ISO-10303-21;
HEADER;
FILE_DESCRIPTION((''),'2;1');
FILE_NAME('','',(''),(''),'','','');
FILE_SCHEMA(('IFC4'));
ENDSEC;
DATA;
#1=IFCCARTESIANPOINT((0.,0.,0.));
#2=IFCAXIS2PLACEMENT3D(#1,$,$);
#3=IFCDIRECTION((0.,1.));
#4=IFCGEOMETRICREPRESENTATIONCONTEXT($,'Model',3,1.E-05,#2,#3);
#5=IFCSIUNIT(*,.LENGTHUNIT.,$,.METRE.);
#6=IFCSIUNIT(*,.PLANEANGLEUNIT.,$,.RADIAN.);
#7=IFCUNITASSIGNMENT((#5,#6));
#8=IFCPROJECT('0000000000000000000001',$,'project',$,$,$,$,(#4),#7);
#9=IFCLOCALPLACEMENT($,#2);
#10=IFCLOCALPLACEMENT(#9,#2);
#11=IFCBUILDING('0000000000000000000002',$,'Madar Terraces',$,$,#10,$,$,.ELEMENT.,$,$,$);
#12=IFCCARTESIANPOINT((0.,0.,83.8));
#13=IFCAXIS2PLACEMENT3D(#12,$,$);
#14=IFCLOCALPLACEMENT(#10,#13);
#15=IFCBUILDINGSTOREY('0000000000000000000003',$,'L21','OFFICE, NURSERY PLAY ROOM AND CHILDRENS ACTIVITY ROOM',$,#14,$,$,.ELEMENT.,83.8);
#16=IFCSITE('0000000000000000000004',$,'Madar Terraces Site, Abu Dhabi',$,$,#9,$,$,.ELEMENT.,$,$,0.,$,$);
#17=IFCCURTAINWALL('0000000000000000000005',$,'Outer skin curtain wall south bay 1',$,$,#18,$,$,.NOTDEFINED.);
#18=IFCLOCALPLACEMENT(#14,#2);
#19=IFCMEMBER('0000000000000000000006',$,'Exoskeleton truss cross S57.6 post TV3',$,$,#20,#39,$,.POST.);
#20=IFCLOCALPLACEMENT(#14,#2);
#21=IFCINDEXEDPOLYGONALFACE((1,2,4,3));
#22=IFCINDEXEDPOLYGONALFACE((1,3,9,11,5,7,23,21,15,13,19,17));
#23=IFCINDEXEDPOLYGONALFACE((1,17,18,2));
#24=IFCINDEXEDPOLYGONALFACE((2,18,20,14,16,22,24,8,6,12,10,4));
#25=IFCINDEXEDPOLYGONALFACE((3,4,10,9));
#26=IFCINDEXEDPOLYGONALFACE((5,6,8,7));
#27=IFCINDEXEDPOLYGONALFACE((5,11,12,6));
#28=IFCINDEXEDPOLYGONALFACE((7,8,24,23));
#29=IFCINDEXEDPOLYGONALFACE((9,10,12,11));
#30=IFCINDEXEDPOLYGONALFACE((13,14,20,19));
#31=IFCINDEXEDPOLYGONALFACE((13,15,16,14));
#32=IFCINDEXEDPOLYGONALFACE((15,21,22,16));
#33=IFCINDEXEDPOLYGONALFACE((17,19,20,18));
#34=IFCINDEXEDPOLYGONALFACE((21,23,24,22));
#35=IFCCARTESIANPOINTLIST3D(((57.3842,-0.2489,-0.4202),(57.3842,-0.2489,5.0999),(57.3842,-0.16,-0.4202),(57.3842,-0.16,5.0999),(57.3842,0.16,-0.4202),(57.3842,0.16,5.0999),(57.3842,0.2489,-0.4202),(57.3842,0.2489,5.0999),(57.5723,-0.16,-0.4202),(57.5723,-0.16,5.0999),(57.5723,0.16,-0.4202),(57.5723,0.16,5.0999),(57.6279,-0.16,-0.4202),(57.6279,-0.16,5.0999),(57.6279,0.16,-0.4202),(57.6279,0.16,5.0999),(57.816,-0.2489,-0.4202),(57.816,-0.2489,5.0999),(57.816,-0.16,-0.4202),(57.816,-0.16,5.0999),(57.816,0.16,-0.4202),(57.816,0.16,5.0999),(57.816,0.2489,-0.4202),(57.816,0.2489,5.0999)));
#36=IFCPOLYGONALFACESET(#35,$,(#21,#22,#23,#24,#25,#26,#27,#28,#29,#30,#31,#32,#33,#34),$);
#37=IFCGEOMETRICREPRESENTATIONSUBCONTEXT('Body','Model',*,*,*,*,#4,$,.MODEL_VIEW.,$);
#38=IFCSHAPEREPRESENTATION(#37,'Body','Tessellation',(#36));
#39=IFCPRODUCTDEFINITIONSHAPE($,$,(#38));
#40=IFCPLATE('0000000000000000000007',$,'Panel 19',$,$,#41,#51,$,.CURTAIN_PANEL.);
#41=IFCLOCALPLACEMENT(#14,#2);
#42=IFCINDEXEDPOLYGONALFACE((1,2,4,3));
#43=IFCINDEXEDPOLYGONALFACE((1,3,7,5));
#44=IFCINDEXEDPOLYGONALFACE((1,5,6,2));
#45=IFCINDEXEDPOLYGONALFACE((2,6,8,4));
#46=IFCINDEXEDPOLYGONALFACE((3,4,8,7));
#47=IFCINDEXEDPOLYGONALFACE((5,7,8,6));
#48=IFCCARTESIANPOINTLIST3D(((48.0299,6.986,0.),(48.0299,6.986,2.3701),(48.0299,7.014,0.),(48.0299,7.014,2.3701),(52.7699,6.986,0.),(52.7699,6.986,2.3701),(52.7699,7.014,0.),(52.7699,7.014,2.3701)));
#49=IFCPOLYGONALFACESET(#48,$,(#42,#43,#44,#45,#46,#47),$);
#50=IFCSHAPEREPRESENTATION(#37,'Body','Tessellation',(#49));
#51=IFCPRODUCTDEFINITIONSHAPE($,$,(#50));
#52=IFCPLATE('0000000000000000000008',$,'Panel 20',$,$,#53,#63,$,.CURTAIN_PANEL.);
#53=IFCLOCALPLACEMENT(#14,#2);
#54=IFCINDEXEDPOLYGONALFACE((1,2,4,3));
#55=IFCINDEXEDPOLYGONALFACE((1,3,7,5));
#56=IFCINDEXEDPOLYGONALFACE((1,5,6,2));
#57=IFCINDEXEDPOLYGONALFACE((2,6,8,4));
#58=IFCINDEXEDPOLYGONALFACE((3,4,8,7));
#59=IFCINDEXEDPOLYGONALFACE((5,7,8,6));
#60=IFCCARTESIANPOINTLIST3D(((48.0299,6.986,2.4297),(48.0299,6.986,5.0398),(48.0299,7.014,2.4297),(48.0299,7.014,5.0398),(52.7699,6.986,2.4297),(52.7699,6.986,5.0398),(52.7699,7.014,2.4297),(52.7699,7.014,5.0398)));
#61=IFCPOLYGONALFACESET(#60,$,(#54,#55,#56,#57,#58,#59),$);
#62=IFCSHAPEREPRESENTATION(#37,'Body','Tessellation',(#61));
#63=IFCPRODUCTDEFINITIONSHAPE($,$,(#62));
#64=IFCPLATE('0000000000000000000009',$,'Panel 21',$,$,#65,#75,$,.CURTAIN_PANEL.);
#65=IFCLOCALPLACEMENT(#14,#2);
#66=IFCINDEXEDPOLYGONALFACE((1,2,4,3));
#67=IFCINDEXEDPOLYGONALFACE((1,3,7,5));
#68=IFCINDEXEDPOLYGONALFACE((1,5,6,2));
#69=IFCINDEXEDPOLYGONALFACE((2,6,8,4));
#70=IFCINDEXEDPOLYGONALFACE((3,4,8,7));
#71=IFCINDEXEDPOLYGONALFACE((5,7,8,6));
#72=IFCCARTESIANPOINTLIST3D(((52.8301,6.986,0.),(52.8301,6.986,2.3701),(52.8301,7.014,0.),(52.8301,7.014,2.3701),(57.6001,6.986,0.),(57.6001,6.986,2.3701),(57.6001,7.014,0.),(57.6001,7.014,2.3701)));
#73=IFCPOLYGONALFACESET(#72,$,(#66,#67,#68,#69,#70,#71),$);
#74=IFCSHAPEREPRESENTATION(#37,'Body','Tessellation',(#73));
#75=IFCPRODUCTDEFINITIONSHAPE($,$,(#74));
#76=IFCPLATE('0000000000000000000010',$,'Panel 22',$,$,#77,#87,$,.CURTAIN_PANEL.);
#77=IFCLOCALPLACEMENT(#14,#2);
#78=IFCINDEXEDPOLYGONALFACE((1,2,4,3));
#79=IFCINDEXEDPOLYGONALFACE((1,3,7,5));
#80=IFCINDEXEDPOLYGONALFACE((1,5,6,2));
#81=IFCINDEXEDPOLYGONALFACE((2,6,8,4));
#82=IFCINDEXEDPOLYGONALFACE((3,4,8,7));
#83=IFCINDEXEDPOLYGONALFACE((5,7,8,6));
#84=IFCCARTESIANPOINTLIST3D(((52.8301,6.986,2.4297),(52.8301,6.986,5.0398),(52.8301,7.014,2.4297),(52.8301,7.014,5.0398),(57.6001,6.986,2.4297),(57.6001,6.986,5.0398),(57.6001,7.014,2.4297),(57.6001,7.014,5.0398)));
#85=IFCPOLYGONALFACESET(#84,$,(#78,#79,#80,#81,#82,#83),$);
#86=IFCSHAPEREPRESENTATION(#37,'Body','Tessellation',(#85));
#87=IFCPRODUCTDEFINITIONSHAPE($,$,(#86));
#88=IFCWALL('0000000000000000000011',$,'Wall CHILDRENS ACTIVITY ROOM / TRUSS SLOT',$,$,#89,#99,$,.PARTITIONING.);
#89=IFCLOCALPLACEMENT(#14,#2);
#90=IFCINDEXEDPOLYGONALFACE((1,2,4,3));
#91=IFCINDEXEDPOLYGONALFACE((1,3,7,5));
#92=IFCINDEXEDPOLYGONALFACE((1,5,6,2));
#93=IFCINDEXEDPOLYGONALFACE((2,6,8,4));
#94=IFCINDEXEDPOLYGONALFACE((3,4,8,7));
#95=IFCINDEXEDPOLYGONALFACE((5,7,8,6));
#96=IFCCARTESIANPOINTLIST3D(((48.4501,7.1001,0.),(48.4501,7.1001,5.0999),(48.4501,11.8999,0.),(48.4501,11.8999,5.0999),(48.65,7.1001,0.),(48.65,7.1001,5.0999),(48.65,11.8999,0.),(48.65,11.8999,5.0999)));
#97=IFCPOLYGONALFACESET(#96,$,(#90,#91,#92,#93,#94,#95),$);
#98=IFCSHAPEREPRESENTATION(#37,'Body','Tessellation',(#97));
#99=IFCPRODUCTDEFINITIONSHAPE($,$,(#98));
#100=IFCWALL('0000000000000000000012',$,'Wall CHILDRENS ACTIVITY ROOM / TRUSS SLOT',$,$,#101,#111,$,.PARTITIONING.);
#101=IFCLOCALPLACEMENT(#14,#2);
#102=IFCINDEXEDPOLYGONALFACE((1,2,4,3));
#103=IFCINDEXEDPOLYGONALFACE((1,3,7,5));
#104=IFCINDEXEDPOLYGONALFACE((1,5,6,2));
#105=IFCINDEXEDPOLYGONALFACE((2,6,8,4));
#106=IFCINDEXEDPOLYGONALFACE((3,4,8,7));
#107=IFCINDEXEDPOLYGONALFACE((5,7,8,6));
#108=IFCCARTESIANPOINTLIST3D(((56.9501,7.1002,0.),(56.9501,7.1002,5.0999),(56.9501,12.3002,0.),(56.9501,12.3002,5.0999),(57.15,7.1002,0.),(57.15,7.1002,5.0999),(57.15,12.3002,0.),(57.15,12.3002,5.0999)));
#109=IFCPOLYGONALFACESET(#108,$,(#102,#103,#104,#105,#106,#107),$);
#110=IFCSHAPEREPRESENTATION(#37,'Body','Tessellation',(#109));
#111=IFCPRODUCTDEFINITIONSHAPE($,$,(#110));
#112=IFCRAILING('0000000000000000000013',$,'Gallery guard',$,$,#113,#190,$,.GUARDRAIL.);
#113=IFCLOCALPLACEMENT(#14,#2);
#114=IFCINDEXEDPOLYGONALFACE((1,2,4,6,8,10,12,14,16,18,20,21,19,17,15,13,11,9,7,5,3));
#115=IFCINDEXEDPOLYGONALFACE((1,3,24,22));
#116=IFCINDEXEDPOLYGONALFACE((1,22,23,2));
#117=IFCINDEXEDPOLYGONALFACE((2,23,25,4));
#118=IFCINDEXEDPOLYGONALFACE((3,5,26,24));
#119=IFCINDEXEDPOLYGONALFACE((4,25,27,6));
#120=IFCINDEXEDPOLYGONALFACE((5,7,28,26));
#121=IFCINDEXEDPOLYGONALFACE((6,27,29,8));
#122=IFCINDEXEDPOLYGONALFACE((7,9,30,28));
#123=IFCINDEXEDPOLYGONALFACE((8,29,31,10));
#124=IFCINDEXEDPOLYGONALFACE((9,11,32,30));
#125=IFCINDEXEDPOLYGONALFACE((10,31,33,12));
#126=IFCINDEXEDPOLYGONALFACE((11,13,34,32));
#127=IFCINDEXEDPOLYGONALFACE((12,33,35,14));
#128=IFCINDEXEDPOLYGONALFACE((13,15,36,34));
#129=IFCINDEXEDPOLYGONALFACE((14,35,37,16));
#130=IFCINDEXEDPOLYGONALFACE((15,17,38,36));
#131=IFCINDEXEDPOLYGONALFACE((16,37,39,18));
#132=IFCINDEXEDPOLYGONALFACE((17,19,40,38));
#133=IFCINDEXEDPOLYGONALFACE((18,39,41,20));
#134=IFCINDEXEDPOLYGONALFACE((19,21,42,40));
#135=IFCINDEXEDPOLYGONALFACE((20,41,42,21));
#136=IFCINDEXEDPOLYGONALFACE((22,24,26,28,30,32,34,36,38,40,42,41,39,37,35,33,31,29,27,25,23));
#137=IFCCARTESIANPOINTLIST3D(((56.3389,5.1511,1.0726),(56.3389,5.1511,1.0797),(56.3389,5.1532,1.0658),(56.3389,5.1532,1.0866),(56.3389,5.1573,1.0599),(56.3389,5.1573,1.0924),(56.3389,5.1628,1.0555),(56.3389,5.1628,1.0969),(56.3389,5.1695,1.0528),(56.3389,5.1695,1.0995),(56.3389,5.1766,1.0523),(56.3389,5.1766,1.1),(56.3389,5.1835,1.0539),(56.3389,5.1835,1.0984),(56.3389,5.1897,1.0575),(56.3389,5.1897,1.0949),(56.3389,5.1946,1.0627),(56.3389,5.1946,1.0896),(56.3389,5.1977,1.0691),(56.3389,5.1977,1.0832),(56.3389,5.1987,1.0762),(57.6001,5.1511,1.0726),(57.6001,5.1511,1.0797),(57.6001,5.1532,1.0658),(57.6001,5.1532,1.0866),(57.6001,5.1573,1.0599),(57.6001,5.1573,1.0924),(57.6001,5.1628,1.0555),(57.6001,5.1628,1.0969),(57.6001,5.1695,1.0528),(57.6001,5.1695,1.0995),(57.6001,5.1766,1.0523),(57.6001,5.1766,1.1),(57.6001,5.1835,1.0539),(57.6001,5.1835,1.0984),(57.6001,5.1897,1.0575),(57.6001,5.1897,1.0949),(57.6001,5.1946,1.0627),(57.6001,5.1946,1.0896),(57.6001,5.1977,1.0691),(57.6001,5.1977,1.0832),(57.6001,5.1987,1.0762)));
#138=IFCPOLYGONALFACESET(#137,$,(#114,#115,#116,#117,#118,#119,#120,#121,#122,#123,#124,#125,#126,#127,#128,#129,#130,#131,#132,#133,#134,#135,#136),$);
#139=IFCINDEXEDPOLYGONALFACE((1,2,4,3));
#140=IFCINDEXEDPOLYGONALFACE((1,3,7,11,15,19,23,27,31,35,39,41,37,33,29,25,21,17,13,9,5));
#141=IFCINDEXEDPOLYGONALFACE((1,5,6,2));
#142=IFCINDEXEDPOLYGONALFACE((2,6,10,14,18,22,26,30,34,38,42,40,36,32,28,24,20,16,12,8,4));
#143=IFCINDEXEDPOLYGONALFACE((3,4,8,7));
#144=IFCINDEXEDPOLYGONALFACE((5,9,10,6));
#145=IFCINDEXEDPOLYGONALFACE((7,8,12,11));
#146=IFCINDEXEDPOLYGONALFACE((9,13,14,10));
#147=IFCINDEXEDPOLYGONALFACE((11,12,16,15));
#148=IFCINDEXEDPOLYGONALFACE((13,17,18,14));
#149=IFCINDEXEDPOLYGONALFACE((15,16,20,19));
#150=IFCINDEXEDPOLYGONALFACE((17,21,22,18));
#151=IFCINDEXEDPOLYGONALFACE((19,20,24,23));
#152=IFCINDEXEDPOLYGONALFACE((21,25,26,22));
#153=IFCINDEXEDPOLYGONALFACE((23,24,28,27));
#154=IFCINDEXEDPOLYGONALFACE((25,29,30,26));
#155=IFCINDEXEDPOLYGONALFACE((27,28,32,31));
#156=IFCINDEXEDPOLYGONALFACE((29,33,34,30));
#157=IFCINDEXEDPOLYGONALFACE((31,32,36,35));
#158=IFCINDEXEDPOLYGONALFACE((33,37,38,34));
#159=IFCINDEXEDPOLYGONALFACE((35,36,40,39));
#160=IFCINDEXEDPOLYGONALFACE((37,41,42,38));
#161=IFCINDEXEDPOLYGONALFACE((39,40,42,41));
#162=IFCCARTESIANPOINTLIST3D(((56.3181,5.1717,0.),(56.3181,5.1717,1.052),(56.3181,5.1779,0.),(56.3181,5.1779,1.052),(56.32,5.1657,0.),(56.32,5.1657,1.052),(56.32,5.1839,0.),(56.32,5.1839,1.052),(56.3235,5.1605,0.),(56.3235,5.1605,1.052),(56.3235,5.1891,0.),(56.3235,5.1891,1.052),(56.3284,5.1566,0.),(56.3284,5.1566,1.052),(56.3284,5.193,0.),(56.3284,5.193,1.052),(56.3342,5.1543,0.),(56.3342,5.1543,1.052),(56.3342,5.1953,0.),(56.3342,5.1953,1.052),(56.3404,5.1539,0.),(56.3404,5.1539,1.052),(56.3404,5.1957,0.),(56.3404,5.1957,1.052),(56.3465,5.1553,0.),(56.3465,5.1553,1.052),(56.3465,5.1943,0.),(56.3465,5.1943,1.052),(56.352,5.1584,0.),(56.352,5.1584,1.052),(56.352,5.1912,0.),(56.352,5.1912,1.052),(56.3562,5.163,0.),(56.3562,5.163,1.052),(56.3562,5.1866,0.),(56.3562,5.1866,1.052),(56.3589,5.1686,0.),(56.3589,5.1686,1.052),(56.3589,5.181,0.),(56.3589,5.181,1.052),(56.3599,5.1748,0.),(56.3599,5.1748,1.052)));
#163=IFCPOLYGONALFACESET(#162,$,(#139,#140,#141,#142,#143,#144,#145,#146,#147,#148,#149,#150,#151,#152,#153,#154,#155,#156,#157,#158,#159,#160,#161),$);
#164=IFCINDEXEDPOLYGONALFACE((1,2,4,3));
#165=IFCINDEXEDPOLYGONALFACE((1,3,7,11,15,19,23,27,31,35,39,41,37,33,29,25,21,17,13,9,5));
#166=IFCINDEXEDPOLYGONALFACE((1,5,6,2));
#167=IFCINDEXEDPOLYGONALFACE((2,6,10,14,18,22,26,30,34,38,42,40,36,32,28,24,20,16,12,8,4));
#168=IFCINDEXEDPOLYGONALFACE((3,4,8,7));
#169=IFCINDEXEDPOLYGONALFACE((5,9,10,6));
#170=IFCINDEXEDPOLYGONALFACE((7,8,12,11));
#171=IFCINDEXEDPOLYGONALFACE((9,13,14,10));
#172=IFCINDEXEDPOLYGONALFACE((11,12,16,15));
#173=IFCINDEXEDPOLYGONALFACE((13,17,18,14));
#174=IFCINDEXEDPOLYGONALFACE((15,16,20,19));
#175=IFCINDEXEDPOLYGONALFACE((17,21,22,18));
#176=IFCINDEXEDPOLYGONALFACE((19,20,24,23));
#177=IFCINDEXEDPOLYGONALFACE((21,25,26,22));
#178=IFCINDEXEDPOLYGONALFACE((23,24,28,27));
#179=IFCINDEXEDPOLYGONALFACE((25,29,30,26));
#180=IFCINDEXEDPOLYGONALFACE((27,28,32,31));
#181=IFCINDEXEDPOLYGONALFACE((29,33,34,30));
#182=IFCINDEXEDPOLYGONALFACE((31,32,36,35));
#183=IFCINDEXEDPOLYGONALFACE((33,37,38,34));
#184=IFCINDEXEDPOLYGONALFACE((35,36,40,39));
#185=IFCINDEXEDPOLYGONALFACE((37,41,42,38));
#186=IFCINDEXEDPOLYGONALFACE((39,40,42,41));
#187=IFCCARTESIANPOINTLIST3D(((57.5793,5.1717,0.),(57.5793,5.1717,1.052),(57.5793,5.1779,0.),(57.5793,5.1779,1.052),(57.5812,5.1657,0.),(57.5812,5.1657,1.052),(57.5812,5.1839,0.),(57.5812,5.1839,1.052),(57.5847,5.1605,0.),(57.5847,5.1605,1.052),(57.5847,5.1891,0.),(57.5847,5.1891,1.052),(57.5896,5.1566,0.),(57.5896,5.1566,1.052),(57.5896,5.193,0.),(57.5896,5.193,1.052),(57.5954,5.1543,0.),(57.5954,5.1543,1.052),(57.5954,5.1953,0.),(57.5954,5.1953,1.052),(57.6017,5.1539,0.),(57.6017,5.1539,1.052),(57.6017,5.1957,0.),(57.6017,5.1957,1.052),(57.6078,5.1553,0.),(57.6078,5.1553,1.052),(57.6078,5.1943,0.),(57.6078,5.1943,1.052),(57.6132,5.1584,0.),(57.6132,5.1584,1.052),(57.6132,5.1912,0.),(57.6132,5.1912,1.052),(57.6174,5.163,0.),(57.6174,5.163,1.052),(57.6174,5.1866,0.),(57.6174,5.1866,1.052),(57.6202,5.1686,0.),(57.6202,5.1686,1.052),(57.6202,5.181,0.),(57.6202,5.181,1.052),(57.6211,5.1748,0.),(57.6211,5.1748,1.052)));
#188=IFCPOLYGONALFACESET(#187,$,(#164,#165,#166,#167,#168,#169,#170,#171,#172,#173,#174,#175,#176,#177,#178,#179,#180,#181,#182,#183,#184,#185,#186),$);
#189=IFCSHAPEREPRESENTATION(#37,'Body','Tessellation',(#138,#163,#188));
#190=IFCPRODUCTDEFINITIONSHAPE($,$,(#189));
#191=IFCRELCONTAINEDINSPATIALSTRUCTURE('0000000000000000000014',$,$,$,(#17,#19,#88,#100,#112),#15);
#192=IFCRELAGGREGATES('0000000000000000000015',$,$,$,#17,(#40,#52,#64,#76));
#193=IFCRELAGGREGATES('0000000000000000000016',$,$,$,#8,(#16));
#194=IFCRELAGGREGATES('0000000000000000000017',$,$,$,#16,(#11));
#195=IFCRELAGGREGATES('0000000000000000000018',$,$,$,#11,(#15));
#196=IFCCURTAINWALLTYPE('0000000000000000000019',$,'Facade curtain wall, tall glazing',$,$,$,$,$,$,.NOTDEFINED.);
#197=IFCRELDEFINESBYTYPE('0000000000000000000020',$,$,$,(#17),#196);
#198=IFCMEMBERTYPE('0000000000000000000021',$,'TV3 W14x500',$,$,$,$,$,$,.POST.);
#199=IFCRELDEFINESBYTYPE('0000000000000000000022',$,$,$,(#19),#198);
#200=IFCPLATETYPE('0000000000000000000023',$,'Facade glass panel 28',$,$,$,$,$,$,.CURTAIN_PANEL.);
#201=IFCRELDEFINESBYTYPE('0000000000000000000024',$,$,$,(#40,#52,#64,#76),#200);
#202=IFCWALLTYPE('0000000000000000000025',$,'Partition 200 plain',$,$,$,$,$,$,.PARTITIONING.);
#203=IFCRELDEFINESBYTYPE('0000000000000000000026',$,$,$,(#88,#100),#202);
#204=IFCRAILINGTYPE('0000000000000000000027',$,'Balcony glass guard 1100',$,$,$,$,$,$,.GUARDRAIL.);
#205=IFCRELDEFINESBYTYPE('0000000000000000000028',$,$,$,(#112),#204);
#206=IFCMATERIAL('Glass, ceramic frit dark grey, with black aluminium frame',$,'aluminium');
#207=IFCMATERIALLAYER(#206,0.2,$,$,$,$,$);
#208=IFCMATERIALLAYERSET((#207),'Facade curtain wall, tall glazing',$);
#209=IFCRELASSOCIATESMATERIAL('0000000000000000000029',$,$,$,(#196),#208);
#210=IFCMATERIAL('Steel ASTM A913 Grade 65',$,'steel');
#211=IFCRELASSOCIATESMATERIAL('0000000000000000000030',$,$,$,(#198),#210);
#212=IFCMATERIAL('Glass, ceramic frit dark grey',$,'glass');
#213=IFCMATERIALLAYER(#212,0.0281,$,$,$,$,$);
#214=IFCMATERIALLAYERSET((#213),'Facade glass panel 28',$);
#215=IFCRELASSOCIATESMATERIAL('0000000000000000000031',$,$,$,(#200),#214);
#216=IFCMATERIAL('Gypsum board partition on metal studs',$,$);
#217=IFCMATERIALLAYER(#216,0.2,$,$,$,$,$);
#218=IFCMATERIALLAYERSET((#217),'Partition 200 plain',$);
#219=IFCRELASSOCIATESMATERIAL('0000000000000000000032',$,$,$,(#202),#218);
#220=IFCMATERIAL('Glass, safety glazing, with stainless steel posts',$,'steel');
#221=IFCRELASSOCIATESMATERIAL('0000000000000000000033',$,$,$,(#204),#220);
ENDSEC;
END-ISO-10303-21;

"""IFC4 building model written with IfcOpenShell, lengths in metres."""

from ifc_helpers import new_model, si_unit, direction, frame, frame_2d, origin, origin_2d, place, context, subcontext, project, spatial, rectangle, circle, i_section, extrude, material, layer, layer_set, material_profile, profile_set, type_object, element, aggregate, save


model = new_model("IFC4")

# Units and contexts
model_context = context("Model", 3, precision=1e-05, world=origin(), true_north=direction((0.0, 1.0)))
body_context = subcontext(model_context, "Body", "Model", "MODEL_VIEW")
ifc_project = project(units=[si_unit("LENGTHUNIT", "METRE"), si_unit("PLANEANGLEUNIT", "RADIAN")], contexts=[model_context])

# Site, building, storey
site_placement = place(None, origin())
site = spatial("IfcSite", under=ifc_project, at=site_placement, Name="Madar Terraces Site, Abu Dhabi", CompositionType="ELEMENT", RefElevation=0.0)
building_placement = place(site_placement, origin())
building = spatial("IfcBuilding", under=site, at=building_placement, Name="Madar Terraces", CompositionType="ELEMENT")
storey_placement = place(building_placement, frame((0.0, 0.0, 83.8)))
storey = spatial("IfcBuildingStorey", under=building, at=storey_placement, Name="L21", Description="OFFICE, NURSERY PLAY ROOM AND CHILDRENS ACTIVITY ROOM", CompositionType="ELEMENT", Elevation=83.8)

# Curtain wall
ifc_material_1 = material(Name="Glass, ceramic frit dark grey, with black aluminium frame", Category="aluminium")
ifc_layer_1 = layer(ifc_material_1, 0.2)
ifc_layer_set_1 = layer_set([ifc_layer_1], Name="Facade curtain wall, tall glazing")
curtain_wall_type = type_object("IfcCurtainWallType", Name="Facade curtain wall, tall glazing", PredefinedType="NOTDEFINED", material=ifc_layer_set_1)
curtain_wall_placement = place(storey_placement, origin())
curtain_wall = element("IfcCurtainWall", 1, at=curtain_wall_placement, inside=storey, type_object=curtain_wall_type, Name="Outer skin curtain wall south bay 1", PredefinedType="NOTDEFINED")

# Member
ifc_material_2 = material(Name="Steel ASTM A913 Grade 65", Category="steel")
ifc_material_profile_1 = material_profile(ifc_material_2, i_section(OverallWidth=0.4319, OverallDepth=0.4978, WebThickness=0.0557, FlangeThickness=0.0889, at=origin_2d()), Name="W14x500")
ifc_profile_set_1 = profile_set([ifc_material_profile_1], Name="Steel ASTM A913 Grade 65")
member_type_1 = type_object("IfcMemberType", Name="TV3 W14x500", PredefinedType="POST", material=ifc_profile_set_1)
member_1_placement = place(storey_placement, frame((57.6001, 0.0, -0.4202), z_axis=(0.0, 0.0, 1.0), x_axis=(-1.0, 0.0, 0.0)))
element("IfcMember", 2, at=member_1_placement, inside=storey, type_object=member_type_1, Name="Exoskeleton truss cross S57.6 post TV3", PredefinedType="POST", context=body_context, shape_type="SweptSolid", body=[
    extrude(i_section(OverallWidth=0.4319, OverallDepth=0.4978, WebThickness=0.0557, FlangeThickness=0.0889, at=origin_2d()), origin(), (0.0, 0.0, 1.0), 5.52),
])

# Plates
ifc_material_3 = material(Name="Glass, ceramic frit dark grey", Category="glass")
ifc_layer_2 = layer(ifc_material_3, 0.0281)
ifc_layer_set_2 = layer_set([ifc_layer_2], Name="Facade glass panel 28")
plate_type = type_object("IfcPlateType", Name="Facade glass panel 28", PredefinedType="CURTAIN_PANEL", material=ifc_layer_set_2)
plate_1_placement = place(storey_placement, frame((50.3999, 7.0, 0.0), z_axis=(0.0, 0.0, 1.0), x_axis=(1.0, 0.0, 0.0)))
plate_1 = element("IfcPlate", 3, at=plate_1_placement, type_object=plate_type, Name="Panel 19", PredefinedType="CURTAIN_PANEL", context=body_context, shape_type="SweptSolid", body=[
    extrude(rectangle(XDim=4.74, YDim=0.0281, at=origin_2d()), origin(), (0.0, 0.0, 1.0), 2.3701),
])
plate_2_placement = place(storey_placement, frame((50.3999, 7.0, 2.4297), z_axis=(0.0, 0.0, 1.0), x_axis=(1.0, 0.0, 0.0)))
plate_2 = element("IfcPlate", 4, at=plate_2_placement, type_object=plate_type, Name="Panel 20", PredefinedType="CURTAIN_PANEL", context=body_context, shape_type="SweptSolid", body=[
    extrude(rectangle(XDim=4.74, YDim=0.0281, at=origin_2d()), origin(), (0.0, 0.0, 1.0), 2.6101),
])
plate_3_placement = place(storey_placement, frame((55.2151, 7.0, 0.0), z_axis=(0.0, 0.0, 1.0), x_axis=(1.0, 0.0, 0.0)))
plate_3 = element("IfcPlate", 5, at=plate_3_placement, type_object=plate_type, Name="Panel 21", PredefinedType="CURTAIN_PANEL", context=body_context, shape_type="SweptSolid", body=[
    extrude(rectangle(XDim=4.77, YDim=0.0281, at=origin_2d()), origin(), (0.0, 0.0, 1.0), 2.3701),
])
plate_4_placement = place(storey_placement, frame((55.2151, 7.0, 2.4297), z_axis=(0.0, 0.0, 1.0), x_axis=(1.0, 0.0, 0.0)))
plate_4 = element("IfcPlate", 6, at=plate_4_placement, type_object=plate_type, Name="Panel 22", PredefinedType="CURTAIN_PANEL", context=body_context, shape_type="SweptSolid", body=[
    extrude(rectangle(XDim=4.77, YDim=0.0281, at=origin_2d()), origin(), (0.0, 0.0, 1.0), 2.6101),
])
aggregate(curtain_wall, [plate_1, plate_2, plate_3, plate_4])

# Walls
ifc_material_4 = material(Name="Gypsum board partition on metal studs")
ifc_layer_3 = layer(ifc_material_4, 0.2)
ifc_layer_set_3 = layer_set([ifc_layer_3], Name="Partition 200 plain")
wall_type_1 = type_object("IfcWallType", Name="Partition 200 plain", PredefinedType="PARTITIONING", material=ifc_layer_set_3)
wall_1_placement = place(storey_placement, frame((48.55, 7.1001, 0.0), z_axis=(0.0, 0.0, 1.0), x_axis=(0.0, 1.0, 0.0)))
element("IfcWall", 7, at=wall_1_placement, inside=storey, type_object=wall_type_1, Name="Wall CHILDRENS ACTIVITY ROOM / TRUSS SLOT", PredefinedType="PARTITIONING", context=body_context, shape_type="SweptSolid", body=[
    extrude(rectangle(XDim=4.7998, YDim=0.2, at=frame_2d((2.3999, 0.0))), origin(), (0.0, 0.0, 1.0), 5.0999),
])
wall_2_placement = place(storey_placement, frame((57.05, 7.1001, 0.0), z_axis=(0.0, 0.0, 1.0), x_axis=(0.0, 1.0, 0.0)))
element("IfcWall", 8, at=wall_2_placement, inside=storey, type_object=wall_type_1, Name="Wall CHILDRENS ACTIVITY ROOM / TRUSS SLOT", PredefinedType="PARTITIONING", context=body_context, shape_type="SweptSolid", body=[
    extrude(rectangle(XDim=5.2, YDim=0.2, at=frame_2d((2.6001, 0.0))), origin(), (0.0, 0.0, 1.0), 5.0999),
])

# Railing
ifc_material_5 = material(Name="Glass, safety glazing, with stainless steel posts", Category="steel")
railing_type = type_object("IfcRailingType", Name="Balcony glass guard 1100", PredefinedType="GUARDRAIL", material=ifc_material_5)
railing_1_placement = place(storey_placement, frame((56.3389, 5.1748, 0.0)))
element("IfcRailing", 9, at=railing_1_placement, inside=storey, type_object=railing_type, Name="Gallery guard", PredefinedType="GUARDRAIL", context=body_context, shape_type="SweptSolid", body=[
    extrude(circle(Radius=0.0239, at=origin_2d()), frame((0.0, 0.0, 1.0762), z_axis=(1.0, 0.0, 0.0), x_axis=(0.0, 1.0, 0.0)), (0.0, 0.0, 1.0), 1.2612),
    extrude(circle(Radius=0.021, at=origin_2d()), origin(), (0.0, 0.0, 1.0), 1.052),
    extrude(circle(Radius=0.021, at=origin_2d()), frame((1.2612, 0.0, 0.0)), (0.0, 0.0, 1.0), 1.052),
])

save(model, "model.ifc")
